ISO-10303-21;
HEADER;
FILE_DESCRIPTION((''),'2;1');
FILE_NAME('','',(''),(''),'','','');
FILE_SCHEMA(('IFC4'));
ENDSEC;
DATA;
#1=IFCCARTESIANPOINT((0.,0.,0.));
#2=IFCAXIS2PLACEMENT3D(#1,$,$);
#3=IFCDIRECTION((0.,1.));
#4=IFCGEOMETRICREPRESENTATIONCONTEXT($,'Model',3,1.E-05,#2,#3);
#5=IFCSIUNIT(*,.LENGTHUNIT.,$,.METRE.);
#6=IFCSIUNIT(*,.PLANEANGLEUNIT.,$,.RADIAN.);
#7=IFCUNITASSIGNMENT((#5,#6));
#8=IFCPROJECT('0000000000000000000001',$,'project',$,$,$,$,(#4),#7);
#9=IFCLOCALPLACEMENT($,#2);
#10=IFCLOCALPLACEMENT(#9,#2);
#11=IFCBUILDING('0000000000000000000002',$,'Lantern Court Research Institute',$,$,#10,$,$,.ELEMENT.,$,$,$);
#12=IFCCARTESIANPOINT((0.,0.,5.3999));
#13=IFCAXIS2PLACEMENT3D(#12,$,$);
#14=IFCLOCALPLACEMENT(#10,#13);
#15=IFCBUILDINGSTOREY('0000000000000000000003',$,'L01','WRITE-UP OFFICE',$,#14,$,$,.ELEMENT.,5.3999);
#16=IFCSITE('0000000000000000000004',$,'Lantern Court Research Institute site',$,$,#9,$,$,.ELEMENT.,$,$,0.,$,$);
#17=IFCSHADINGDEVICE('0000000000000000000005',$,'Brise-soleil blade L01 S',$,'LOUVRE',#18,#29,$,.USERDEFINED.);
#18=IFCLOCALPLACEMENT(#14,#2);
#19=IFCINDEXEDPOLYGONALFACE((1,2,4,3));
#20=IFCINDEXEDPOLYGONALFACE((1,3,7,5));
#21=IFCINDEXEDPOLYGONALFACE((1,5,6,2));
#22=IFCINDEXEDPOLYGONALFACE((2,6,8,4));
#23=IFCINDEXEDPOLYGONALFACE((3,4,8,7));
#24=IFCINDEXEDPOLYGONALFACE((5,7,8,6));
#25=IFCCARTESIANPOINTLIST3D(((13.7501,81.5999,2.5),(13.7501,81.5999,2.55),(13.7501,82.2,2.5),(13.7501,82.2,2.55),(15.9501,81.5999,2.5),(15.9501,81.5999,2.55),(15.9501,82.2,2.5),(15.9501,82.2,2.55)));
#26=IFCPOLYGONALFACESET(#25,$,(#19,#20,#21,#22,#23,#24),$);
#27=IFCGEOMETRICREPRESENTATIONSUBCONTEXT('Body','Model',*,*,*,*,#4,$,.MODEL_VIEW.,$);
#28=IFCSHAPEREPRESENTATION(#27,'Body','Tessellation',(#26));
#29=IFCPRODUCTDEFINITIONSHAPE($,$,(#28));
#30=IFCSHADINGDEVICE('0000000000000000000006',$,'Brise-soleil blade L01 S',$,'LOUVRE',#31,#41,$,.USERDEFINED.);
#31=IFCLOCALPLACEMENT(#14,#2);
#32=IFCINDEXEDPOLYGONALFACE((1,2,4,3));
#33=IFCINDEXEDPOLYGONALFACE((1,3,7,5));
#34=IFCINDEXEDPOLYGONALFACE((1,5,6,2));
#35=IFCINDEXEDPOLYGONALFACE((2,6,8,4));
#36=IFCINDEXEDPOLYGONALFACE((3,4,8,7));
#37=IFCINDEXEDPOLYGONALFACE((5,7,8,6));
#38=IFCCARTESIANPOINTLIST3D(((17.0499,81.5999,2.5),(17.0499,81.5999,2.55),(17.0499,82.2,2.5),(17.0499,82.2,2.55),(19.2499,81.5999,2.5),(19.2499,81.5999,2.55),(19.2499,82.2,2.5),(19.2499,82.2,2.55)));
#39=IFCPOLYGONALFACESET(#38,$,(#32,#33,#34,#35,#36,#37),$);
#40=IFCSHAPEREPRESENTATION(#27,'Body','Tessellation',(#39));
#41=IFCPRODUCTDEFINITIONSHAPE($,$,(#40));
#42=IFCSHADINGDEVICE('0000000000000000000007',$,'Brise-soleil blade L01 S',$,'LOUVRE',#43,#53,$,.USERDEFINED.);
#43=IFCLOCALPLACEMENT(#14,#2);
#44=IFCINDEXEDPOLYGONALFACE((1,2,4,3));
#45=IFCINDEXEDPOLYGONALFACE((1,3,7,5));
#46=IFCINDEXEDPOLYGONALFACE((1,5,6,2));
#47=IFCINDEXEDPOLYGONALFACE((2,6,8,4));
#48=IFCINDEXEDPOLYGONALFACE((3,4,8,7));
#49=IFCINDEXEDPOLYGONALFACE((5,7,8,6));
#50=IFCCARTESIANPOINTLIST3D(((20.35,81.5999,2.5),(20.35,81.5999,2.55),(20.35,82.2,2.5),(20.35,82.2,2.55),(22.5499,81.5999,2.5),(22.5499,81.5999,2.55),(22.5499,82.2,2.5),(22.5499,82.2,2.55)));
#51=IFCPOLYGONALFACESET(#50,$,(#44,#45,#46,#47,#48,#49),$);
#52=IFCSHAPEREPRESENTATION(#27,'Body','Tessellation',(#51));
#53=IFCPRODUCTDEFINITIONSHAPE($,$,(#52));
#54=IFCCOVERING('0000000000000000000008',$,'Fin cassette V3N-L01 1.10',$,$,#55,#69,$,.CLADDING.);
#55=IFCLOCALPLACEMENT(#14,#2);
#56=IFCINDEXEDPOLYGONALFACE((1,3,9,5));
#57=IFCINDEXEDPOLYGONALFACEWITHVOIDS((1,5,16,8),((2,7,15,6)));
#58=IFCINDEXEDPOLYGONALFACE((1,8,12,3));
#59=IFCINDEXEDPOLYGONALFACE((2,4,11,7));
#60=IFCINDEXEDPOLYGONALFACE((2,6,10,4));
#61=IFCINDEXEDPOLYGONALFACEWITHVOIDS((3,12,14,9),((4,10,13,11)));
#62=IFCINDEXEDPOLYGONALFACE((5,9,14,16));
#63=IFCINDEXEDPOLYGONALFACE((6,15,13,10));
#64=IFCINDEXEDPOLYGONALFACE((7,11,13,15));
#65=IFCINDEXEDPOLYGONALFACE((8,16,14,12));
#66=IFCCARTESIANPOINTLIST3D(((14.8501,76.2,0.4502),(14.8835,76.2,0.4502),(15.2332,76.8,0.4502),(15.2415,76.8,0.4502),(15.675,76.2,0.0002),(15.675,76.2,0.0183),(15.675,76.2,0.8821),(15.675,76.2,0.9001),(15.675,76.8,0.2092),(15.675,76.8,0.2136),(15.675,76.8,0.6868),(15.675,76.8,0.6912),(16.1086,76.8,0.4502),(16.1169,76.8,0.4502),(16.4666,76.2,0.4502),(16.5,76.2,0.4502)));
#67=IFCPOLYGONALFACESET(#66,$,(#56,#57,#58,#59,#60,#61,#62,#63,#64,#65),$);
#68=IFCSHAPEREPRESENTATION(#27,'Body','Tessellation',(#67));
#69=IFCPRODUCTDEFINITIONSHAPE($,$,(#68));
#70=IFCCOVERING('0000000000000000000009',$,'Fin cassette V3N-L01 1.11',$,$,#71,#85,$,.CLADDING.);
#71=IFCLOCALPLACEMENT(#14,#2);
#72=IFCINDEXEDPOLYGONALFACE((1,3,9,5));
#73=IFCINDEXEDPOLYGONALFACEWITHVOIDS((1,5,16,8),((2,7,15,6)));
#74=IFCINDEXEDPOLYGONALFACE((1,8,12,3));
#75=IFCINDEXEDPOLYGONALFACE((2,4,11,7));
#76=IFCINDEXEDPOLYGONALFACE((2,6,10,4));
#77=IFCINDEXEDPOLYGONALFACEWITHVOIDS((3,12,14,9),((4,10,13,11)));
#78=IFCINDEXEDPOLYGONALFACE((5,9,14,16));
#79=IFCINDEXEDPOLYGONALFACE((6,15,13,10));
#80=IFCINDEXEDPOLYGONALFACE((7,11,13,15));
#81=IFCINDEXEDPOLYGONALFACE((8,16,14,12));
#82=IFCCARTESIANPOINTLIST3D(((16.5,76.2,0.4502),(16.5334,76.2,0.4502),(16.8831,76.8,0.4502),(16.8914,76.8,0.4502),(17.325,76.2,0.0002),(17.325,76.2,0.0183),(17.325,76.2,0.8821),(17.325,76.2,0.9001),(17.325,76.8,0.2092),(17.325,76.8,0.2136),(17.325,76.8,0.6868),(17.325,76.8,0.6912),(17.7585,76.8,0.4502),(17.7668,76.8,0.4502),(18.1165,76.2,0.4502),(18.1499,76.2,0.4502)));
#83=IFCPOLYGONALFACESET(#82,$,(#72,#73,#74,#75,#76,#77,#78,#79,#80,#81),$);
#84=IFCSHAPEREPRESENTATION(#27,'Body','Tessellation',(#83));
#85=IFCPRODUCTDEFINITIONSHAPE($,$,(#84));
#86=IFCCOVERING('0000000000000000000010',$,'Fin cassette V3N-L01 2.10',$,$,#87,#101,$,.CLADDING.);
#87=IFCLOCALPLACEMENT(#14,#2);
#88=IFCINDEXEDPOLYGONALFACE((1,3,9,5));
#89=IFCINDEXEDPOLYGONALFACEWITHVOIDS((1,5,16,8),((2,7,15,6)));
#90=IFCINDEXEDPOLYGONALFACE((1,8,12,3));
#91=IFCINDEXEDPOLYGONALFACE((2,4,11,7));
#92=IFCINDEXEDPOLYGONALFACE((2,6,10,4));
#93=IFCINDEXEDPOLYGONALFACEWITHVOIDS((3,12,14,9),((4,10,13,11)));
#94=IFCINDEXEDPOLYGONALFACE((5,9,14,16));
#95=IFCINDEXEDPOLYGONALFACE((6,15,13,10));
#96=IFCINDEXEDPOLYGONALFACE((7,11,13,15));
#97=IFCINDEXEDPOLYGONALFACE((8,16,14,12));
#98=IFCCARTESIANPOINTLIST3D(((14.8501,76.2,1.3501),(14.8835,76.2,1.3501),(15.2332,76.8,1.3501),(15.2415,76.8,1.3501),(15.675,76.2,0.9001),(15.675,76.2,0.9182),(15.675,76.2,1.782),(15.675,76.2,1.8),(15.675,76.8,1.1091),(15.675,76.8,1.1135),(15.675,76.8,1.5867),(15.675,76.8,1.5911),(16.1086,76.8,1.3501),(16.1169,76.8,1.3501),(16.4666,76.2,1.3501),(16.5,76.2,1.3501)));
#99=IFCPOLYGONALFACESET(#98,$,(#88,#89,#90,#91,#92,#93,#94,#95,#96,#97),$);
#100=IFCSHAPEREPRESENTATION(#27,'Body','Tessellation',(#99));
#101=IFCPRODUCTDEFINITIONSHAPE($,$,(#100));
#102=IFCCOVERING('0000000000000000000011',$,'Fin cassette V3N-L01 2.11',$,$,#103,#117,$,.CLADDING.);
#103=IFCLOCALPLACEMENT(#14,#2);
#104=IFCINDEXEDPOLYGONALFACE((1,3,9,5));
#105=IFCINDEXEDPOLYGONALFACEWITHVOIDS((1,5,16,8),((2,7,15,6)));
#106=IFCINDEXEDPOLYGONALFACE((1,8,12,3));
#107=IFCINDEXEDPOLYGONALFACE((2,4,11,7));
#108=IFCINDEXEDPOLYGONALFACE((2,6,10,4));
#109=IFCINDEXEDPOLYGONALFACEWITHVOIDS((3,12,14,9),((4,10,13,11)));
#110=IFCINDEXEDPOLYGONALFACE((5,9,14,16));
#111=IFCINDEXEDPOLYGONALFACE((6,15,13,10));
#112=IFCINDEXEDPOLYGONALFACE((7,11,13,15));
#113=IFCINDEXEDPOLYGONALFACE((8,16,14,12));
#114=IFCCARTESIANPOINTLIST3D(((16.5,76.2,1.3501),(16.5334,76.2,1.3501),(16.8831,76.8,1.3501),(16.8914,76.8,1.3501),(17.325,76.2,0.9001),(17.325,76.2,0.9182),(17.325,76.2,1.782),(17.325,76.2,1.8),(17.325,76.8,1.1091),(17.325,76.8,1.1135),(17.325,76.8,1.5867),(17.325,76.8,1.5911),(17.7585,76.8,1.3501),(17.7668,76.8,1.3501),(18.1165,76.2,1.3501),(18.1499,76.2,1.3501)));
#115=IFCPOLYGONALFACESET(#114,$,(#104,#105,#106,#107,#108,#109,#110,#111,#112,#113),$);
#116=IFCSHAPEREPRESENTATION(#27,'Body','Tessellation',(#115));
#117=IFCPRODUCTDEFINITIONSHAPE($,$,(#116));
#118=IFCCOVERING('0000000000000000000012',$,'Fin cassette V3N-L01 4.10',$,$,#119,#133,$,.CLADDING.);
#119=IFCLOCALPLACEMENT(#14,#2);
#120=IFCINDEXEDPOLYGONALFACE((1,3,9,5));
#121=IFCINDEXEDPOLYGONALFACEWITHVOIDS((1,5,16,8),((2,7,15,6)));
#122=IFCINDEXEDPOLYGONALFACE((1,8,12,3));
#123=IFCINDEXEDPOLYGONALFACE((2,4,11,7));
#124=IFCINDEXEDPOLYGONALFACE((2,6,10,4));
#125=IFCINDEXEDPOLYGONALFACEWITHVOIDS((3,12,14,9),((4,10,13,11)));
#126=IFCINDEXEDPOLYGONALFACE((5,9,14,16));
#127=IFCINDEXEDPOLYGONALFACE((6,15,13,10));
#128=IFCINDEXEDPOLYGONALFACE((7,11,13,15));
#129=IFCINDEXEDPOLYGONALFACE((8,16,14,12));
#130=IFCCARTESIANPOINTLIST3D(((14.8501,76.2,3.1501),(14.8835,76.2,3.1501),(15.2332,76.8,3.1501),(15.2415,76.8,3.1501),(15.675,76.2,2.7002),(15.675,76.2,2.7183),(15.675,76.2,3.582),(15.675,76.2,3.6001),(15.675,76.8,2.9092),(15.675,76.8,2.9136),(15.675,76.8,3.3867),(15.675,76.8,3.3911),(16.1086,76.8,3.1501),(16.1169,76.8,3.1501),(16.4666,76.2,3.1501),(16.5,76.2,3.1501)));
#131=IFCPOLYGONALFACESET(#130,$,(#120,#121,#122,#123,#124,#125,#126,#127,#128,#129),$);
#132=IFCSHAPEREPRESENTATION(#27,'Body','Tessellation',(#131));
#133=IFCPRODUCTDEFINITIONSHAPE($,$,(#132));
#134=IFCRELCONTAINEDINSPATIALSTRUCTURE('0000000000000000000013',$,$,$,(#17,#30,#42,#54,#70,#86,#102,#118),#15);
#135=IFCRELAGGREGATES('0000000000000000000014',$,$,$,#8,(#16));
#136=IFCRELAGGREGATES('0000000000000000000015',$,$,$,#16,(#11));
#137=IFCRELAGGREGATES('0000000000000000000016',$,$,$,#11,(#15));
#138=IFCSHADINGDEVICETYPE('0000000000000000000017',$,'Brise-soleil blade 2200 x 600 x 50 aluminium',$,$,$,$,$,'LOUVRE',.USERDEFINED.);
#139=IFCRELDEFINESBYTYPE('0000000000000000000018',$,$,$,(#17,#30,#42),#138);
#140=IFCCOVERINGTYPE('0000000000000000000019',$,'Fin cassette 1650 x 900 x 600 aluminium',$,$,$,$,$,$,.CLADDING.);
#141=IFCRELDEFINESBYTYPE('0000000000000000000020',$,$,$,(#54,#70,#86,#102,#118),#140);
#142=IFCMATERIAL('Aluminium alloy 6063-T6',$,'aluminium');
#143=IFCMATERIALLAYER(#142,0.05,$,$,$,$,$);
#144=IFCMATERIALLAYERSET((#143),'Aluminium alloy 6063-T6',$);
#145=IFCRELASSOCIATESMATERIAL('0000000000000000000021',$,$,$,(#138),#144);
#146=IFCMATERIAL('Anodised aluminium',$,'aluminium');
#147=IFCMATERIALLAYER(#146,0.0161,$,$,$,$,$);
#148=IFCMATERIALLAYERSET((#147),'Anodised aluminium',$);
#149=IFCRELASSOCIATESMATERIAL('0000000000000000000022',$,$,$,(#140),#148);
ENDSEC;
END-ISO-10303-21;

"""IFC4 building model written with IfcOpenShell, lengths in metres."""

from ifc_helpers import new_model, entity, si_unit, direction, frame, origin, origin_2d, place, context, subcontext, project, spatial, rectangle, extrude, material, layer, layer_set, type_object, element, save


model = new_model("IFC4")

# Units and contexts
model_context = context("Model", 3, precision=1e-05, world=origin(), true_north=direction((0.0, 1.0)))
body_context = subcontext(model_context, "Body", "Model", "MODEL_VIEW")
ifc_project = project(units=[si_unit("LENGTHUNIT", "METRE"), si_unit("PLANEANGLEUNIT", "RADIAN")], contexts=[model_context])

# Site, building, storey
site_placement = place(None, origin())
site = spatial("IfcSite", under=ifc_project, at=site_placement, Name="Lantern Court Research Institute site", CompositionType="ELEMENT", RefElevation=0.0)
building_placement = place(site_placement, origin())
building = spatial("IfcBuilding", under=site, at=building_placement, Name="Lantern Court Research Institute", CompositionType="ELEMENT")
storey_placement = place(building_placement, frame((0.0, 0.0, 5.3999)))
storey = spatial("IfcBuildingStorey", under=building, at=storey_placement, Name="L01", Description="WRITE-UP OFFICE", CompositionType="ELEMENT", Elevation=5.3999)

# Shading devices
ifc_material_1 = material(Name="Aluminium alloy 6063-T6", Category="aluminium")
ifc_layer_1 = layer(ifc_material_1, 0.05)
ifc_layer_set_1 = layer_set([ifc_layer_1], Name="Aluminium alloy 6063-T6")
shading_device_type = type_object("IfcShadingDeviceType", Name="Brise-soleil blade 2200 x 600 x 50 aluminium", ElementType="LOUVRE", PredefinedType="USERDEFINED", material=ifc_layer_set_1)
for number, where, z_axis, x_axis, name in (
    (1, (14.8501, 81.8999, 2.5), (0.0, 0.0, 1.0), (-1.0, 0.0, 0.0), "Brise-soleil blade L01 S"),
    (2, (18.1499, 81.8999, 2.5), (0.0, 0.0, 1.0), (-1.0, 0.0, 0.0), "Brise-soleil blade L01 S"),
    (3, (21.45, 81.8999, 2.5), (0.0, 0.0, 1.0), (-1.0, 0.0, 0.0), "Brise-soleil blade L01 S"),
):
    element("IfcShadingDevice", number, at=place(storey_placement, frame(where, z_axis=z_axis, x_axis=x_axis)), inside=storey, type_object=shading_device_type, Name=name, ObjectType="LOUVRE", PredefinedType="USERDEFINED", context=body_context, shape_type="SweptSolid", body=[
        extrude(rectangle(XDim=2.2, YDim=0.6001, at=origin_2d()), origin(), (0.0, 0.0, 1.0), 0.05),
    ])

# Coverings
ifc_material_2 = material(Name="Anodised aluminium", Category="aluminium")
ifc_layer_2 = layer(ifc_material_2, 0.0161)
ifc_layer_set_2 = layer_set([ifc_layer_2], Name="Anodised aluminium")
covering_type = type_object("IfcCoveringType", Name="Fin cassette 1650 x 900 x 600 aluminium", PredefinedType="CLADDING", material=ifc_layer_set_2)
covering_1_placement = place(storey_placement, frame((15.675, 76.2, 0.4502), z_axis=(0.0, 1.0, 0.0), x_axis=(-1.0, 0.0, 0.0)))
cartesian_point_1 = entity("IfcCartesianPoint", [0.825, 0.0])
cartesian_point_2 = entity("IfcCartesianPoint", [0.7915, 0.0])
cartesian_point_3 = entity("IfcCartesianPoint", [0.4419, 0.0])
cartesian_point_4 = entity("IfcCartesianPoint", [0.4336, 0.0])
element("IfcCovering", 4, at=covering_1_placement, inside=storey, type_object=covering_type, Name="Fin cassette V3N-L01 1.10", PredefinedType="CLADDING", context=body_context, shape_type="SweptSolid", body=[
    entity("IfcExtrudedAreaSolidTapered", entity("IfcArbitraryProfileDefWithVoids", "AREA", None, entity("IfcPolyline", [cartesian_point_1, entity("IfcCartesianPoint", [0.0, 0.45]), entity("IfcCartesianPoint", [-0.825, 0.0]), entity("IfcCartesianPoint", [0.0, -0.45]), cartesian_point_1]), [entity("IfcPolyline", [cartesian_point_2, entity("IfcCartesianPoint", [0.0, 0.4319]), entity("IfcCartesianPoint", [-0.7915, 0.0]), entity("IfcCartesianPoint", [0.0, -0.4319]), cartesian_point_2])]), entity("IfcAxis2Placement3D", entity("IfcCartesianPoint", [0.0, 0.0, 0.0])), entity("IfcDirection", [0.0, 0.0, 1.0]), 0.6001, entity("IfcArbitraryProfileDefWithVoids", "AREA", None, entity("IfcPolyline", [cartesian_point_3, entity("IfcCartesianPoint", [0.0, 0.241]), entity("IfcCartesianPoint", [-0.4419, 0.0]), entity("IfcCartesianPoint", [0.0, -0.241]), cartesian_point_3]), [entity("IfcPolyline", [cartesian_point_4, entity("IfcCartesianPoint", [0.0, 0.2366]), entity("IfcCartesianPoint", [-0.4336, 0.0]), entity("IfcCartesianPoint", [0.0, -0.2366]), cartesian_point_4])])),
])
covering_2_placement = place(storey_placement, frame((17.325, 76.2, 0.4502), z_axis=(0.0, 1.0, 0.0), x_axis=(-1.0, 0.0, 0.0)))
cartesian_point_5 = entity("IfcCartesianPoint", [0.825, 0.0])
cartesian_point_6 = entity("IfcCartesianPoint", [0.7915, 0.0])
cartesian_point_7 = entity("IfcCartesianPoint", [0.4419, 0.0])
cartesian_point_8 = entity("IfcCartesianPoint", [0.4336, 0.0])
element("IfcCovering", 5, at=covering_2_placement, inside=storey, type_object=covering_type, Name="Fin cassette V3N-L01 1.11", PredefinedType="CLADDING", context=body_context, shape_type="SweptSolid", body=[
    entity("IfcExtrudedAreaSolidTapered", entity("IfcArbitraryProfileDefWithVoids", "AREA", None, entity("IfcPolyline", [cartesian_point_5, entity("IfcCartesianPoint", [0.0, 0.45]), entity("IfcCartesianPoint", [-0.825, 0.0]), entity("IfcCartesianPoint", [0.0, -0.45]), cartesian_point_5]), [entity("IfcPolyline", [cartesian_point_6, entity("IfcCartesianPoint", [0.0, 0.4319]), entity("IfcCartesianPoint", [-0.7915, 0.0]), entity("IfcCartesianPoint", [0.0, -0.4319]), cartesian_point_6])]), entity("IfcAxis2Placement3D", entity("IfcCartesianPoint", [0.0, 0.0, 0.0])), entity("IfcDirection", [0.0, 0.0, 1.0]), 0.6001, entity("IfcArbitraryProfileDefWithVoids", "AREA", None, entity("IfcPolyline", [cartesian_point_7, entity("IfcCartesianPoint", [0.0, 0.241]), entity("IfcCartesianPoint", [-0.4419, 0.0]), entity("IfcCartesianPoint", [0.0, -0.241]), cartesian_point_7]), [entity("IfcPolyline", [cartesian_point_8, entity("IfcCartesianPoint", [0.0, 0.2366]), entity("IfcCartesianPoint", [-0.4336, 0.0]), entity("IfcCartesianPoint", [0.0, -0.2366]), cartesian_point_8])])),
])
covering_3_placement = place(storey_placement, frame((15.675, 76.2, 1.3501), z_axis=(0.0, 1.0, 0.0), x_axis=(-1.0, 0.0, 0.0)))
cartesian_point_9 = entity("IfcCartesianPoint", [0.825, 0.0])
cartesian_point_10 = entity("IfcCartesianPoint", [0.7915, 0.0])
cartesian_point_11 = entity("IfcCartesianPoint", [0.4419, 0.0])
cartesian_point_12 = entity("IfcCartesianPoint", [0.4336, 0.0])
element("IfcCovering", 6, at=covering_3_placement, inside=storey, type_object=covering_type, Name="Fin cassette V3N-L01 2.10", PredefinedType="CLADDING", context=body_context, shape_type="SweptSolid", body=[
    entity("IfcExtrudedAreaSolidTapered", entity("IfcArbitraryProfileDefWithVoids", "AREA", None, entity("IfcPolyline", [cartesian_point_9, entity("IfcCartesianPoint", [0.0, 0.45]), entity("IfcCartesianPoint", [-0.825, 0.0]), entity("IfcCartesianPoint", [0.0, -0.45]), cartesian_point_9]), [entity("IfcPolyline", [cartesian_point_10, entity("IfcCartesianPoint", [0.0, 0.4319]), entity("IfcCartesianPoint", [-0.7915, 0.0]), entity("IfcCartesianPoint", [0.0, -0.4319]), cartesian_point_10])]), entity("IfcAxis2Placement3D", entity("IfcCartesianPoint", [0.0, 0.0, 0.0])), entity("IfcDirection", [0.0, 0.0, 1.0]), 0.6001, entity("IfcArbitraryProfileDefWithVoids", "AREA", None, entity("IfcPolyline", [cartesian_point_11, entity("IfcCartesianPoint", [0.0, 0.241]), entity("IfcCartesianPoint", [-0.4419, 0.0]), entity("IfcCartesianPoint", [0.0, -0.241]), cartesian_point_11]), [entity("IfcPolyline", [cartesian_point_12, entity("IfcCartesianPoint", [0.0, 0.2366]), entity("IfcCartesianPoint", [-0.4336, 0.0]), entity("IfcCartesianPoint", [0.0, -0.2366]), cartesian_point_12])])),
])
covering_4_placement = place(storey_placement, frame((17.325, 76.2, 1.3501), z_axis=(0.0, 1.0, 0.0), x_axis=(-1.0, 0.0, 0.0)))
cartesian_point_13 = entity("IfcCartesianPoint", [0.825, 0.0])
cartesian_point_14 = entity("IfcCartesianPoint", [0.7915, 0.0])
cartesian_point_15 = entity("IfcCartesianPoint", [0.4419, 0.0])
cartesian_point_16 = entity("IfcCartesianPoint", [0.4336, 0.0])
element("IfcCovering", 7, at=covering_4_placement, inside=storey, type_object=covering_type, Name="Fin cassette V3N-L01 2.11", PredefinedType="CLADDING", context=body_context, shape_type="SweptSolid", body=[
    entity("IfcExtrudedAreaSolidTapered", entity("IfcArbitraryProfileDefWithVoids", "AREA", None, entity("IfcPolyline", [cartesian_point_13, entity("IfcCartesianPoint", [0.0, 0.45]), entity("IfcCartesianPoint", [-0.825, 0.0]), entity("IfcCartesianPoint", [0.0, -0.45]), cartesian_point_13]), [entity("IfcPolyline", [cartesian_point_14, entity("IfcCartesianPoint", [0.0, 0.4319]), entity("IfcCartesianPoint", [-0.7915, 0.0]), entity("IfcCartesianPoint", [0.0, -0.4319]), cartesian_point_14])]), entity("IfcAxis2Placement3D", entity("IfcCartesianPoint", [0.0, 0.0, 0.0])), entity("IfcDirection", [0.0, 0.0, 1.0]), 0.6001, entity("IfcArbitraryProfileDefWithVoids", "AREA", None, entity("IfcPolyline", [cartesian_point_15, entity("IfcCartesianPoint", [0.0, 0.241]), entity("IfcCartesianPoint", [-0.4419, 0.0]), entity("IfcCartesianPoint", [0.0, -0.241]), cartesian_point_15]), [entity("IfcPolyline", [cartesian_point_16, entity("IfcCartesianPoint", [0.0, 0.2366]), entity("IfcCartesianPoint", [-0.4336, 0.0]), entity("IfcCartesianPoint", [0.0, -0.2366]), cartesian_point_16])])),
])
covering_5_placement = place(storey_placement, frame((15.675, 76.2, 3.1501), z_axis=(0.0, 1.0, 0.0), x_axis=(-1.0, 0.0, 0.0)))
cartesian_point_17 = entity("IfcCartesianPoint", [0.825, 0.0])
cartesian_point_18 = entity("IfcCartesianPoint", [0.7915, 0.0])
cartesian_point_19 = entity("IfcCartesianPoint", [0.4419, 0.0])
cartesian_point_20 = entity("IfcCartesianPoint", [0.4336, 0.0])
element("IfcCovering", 8, at=covering_5_placement, inside=storey, type_object=covering_type, Name="Fin cassette V3N-L01 4.10", PredefinedType="CLADDING", context=body_context, shape_type="SweptSolid", body=[
    entity("IfcExtrudedAreaSolidTapered", entity("IfcArbitraryProfileDefWithVoids", "AREA", None, entity("IfcPolyline", [cartesian_point_17, entity("IfcCartesianPoint", [0.0, 0.45]), entity("IfcCartesianPoint", [-0.825, 0.0]), entity("IfcCartesianPoint", [0.0, -0.45]), cartesian_point_17]), [entity("IfcPolyline", [cartesian_point_18, entity("IfcCartesianPoint", [0.0, 0.4319]), entity("IfcCartesianPoint", [-0.7915, 0.0]), entity("IfcCartesianPoint", [0.0, -0.4319]), cartesian_point_18])]), entity("IfcAxis2Placement3D", entity("IfcCartesianPoint", [0.0, 0.0, 0.0])), entity("IfcDirection", [0.0, 0.0, 1.0]), 0.6001, entity("IfcArbitraryProfileDefWithVoids", "AREA", None, entity("IfcPolyline", [cartesian_point_19, entity("IfcCartesianPoint", [0.0, 0.241]), entity("IfcCartesianPoint", [-0.4419, 0.0]), entity("IfcCartesianPoint", [0.0, -0.241]), cartesian_point_19]), [entity("IfcPolyline", [cartesian_point_20, entity("IfcCartesianPoint", [0.0, 0.2366]), entity("IfcCartesianPoint", [-0.4336, 0.0]), entity("IfcCartesianPoint", [0.0, -0.2366]), cartesian_point_20])])),
])

save(model, "model.ifc")
